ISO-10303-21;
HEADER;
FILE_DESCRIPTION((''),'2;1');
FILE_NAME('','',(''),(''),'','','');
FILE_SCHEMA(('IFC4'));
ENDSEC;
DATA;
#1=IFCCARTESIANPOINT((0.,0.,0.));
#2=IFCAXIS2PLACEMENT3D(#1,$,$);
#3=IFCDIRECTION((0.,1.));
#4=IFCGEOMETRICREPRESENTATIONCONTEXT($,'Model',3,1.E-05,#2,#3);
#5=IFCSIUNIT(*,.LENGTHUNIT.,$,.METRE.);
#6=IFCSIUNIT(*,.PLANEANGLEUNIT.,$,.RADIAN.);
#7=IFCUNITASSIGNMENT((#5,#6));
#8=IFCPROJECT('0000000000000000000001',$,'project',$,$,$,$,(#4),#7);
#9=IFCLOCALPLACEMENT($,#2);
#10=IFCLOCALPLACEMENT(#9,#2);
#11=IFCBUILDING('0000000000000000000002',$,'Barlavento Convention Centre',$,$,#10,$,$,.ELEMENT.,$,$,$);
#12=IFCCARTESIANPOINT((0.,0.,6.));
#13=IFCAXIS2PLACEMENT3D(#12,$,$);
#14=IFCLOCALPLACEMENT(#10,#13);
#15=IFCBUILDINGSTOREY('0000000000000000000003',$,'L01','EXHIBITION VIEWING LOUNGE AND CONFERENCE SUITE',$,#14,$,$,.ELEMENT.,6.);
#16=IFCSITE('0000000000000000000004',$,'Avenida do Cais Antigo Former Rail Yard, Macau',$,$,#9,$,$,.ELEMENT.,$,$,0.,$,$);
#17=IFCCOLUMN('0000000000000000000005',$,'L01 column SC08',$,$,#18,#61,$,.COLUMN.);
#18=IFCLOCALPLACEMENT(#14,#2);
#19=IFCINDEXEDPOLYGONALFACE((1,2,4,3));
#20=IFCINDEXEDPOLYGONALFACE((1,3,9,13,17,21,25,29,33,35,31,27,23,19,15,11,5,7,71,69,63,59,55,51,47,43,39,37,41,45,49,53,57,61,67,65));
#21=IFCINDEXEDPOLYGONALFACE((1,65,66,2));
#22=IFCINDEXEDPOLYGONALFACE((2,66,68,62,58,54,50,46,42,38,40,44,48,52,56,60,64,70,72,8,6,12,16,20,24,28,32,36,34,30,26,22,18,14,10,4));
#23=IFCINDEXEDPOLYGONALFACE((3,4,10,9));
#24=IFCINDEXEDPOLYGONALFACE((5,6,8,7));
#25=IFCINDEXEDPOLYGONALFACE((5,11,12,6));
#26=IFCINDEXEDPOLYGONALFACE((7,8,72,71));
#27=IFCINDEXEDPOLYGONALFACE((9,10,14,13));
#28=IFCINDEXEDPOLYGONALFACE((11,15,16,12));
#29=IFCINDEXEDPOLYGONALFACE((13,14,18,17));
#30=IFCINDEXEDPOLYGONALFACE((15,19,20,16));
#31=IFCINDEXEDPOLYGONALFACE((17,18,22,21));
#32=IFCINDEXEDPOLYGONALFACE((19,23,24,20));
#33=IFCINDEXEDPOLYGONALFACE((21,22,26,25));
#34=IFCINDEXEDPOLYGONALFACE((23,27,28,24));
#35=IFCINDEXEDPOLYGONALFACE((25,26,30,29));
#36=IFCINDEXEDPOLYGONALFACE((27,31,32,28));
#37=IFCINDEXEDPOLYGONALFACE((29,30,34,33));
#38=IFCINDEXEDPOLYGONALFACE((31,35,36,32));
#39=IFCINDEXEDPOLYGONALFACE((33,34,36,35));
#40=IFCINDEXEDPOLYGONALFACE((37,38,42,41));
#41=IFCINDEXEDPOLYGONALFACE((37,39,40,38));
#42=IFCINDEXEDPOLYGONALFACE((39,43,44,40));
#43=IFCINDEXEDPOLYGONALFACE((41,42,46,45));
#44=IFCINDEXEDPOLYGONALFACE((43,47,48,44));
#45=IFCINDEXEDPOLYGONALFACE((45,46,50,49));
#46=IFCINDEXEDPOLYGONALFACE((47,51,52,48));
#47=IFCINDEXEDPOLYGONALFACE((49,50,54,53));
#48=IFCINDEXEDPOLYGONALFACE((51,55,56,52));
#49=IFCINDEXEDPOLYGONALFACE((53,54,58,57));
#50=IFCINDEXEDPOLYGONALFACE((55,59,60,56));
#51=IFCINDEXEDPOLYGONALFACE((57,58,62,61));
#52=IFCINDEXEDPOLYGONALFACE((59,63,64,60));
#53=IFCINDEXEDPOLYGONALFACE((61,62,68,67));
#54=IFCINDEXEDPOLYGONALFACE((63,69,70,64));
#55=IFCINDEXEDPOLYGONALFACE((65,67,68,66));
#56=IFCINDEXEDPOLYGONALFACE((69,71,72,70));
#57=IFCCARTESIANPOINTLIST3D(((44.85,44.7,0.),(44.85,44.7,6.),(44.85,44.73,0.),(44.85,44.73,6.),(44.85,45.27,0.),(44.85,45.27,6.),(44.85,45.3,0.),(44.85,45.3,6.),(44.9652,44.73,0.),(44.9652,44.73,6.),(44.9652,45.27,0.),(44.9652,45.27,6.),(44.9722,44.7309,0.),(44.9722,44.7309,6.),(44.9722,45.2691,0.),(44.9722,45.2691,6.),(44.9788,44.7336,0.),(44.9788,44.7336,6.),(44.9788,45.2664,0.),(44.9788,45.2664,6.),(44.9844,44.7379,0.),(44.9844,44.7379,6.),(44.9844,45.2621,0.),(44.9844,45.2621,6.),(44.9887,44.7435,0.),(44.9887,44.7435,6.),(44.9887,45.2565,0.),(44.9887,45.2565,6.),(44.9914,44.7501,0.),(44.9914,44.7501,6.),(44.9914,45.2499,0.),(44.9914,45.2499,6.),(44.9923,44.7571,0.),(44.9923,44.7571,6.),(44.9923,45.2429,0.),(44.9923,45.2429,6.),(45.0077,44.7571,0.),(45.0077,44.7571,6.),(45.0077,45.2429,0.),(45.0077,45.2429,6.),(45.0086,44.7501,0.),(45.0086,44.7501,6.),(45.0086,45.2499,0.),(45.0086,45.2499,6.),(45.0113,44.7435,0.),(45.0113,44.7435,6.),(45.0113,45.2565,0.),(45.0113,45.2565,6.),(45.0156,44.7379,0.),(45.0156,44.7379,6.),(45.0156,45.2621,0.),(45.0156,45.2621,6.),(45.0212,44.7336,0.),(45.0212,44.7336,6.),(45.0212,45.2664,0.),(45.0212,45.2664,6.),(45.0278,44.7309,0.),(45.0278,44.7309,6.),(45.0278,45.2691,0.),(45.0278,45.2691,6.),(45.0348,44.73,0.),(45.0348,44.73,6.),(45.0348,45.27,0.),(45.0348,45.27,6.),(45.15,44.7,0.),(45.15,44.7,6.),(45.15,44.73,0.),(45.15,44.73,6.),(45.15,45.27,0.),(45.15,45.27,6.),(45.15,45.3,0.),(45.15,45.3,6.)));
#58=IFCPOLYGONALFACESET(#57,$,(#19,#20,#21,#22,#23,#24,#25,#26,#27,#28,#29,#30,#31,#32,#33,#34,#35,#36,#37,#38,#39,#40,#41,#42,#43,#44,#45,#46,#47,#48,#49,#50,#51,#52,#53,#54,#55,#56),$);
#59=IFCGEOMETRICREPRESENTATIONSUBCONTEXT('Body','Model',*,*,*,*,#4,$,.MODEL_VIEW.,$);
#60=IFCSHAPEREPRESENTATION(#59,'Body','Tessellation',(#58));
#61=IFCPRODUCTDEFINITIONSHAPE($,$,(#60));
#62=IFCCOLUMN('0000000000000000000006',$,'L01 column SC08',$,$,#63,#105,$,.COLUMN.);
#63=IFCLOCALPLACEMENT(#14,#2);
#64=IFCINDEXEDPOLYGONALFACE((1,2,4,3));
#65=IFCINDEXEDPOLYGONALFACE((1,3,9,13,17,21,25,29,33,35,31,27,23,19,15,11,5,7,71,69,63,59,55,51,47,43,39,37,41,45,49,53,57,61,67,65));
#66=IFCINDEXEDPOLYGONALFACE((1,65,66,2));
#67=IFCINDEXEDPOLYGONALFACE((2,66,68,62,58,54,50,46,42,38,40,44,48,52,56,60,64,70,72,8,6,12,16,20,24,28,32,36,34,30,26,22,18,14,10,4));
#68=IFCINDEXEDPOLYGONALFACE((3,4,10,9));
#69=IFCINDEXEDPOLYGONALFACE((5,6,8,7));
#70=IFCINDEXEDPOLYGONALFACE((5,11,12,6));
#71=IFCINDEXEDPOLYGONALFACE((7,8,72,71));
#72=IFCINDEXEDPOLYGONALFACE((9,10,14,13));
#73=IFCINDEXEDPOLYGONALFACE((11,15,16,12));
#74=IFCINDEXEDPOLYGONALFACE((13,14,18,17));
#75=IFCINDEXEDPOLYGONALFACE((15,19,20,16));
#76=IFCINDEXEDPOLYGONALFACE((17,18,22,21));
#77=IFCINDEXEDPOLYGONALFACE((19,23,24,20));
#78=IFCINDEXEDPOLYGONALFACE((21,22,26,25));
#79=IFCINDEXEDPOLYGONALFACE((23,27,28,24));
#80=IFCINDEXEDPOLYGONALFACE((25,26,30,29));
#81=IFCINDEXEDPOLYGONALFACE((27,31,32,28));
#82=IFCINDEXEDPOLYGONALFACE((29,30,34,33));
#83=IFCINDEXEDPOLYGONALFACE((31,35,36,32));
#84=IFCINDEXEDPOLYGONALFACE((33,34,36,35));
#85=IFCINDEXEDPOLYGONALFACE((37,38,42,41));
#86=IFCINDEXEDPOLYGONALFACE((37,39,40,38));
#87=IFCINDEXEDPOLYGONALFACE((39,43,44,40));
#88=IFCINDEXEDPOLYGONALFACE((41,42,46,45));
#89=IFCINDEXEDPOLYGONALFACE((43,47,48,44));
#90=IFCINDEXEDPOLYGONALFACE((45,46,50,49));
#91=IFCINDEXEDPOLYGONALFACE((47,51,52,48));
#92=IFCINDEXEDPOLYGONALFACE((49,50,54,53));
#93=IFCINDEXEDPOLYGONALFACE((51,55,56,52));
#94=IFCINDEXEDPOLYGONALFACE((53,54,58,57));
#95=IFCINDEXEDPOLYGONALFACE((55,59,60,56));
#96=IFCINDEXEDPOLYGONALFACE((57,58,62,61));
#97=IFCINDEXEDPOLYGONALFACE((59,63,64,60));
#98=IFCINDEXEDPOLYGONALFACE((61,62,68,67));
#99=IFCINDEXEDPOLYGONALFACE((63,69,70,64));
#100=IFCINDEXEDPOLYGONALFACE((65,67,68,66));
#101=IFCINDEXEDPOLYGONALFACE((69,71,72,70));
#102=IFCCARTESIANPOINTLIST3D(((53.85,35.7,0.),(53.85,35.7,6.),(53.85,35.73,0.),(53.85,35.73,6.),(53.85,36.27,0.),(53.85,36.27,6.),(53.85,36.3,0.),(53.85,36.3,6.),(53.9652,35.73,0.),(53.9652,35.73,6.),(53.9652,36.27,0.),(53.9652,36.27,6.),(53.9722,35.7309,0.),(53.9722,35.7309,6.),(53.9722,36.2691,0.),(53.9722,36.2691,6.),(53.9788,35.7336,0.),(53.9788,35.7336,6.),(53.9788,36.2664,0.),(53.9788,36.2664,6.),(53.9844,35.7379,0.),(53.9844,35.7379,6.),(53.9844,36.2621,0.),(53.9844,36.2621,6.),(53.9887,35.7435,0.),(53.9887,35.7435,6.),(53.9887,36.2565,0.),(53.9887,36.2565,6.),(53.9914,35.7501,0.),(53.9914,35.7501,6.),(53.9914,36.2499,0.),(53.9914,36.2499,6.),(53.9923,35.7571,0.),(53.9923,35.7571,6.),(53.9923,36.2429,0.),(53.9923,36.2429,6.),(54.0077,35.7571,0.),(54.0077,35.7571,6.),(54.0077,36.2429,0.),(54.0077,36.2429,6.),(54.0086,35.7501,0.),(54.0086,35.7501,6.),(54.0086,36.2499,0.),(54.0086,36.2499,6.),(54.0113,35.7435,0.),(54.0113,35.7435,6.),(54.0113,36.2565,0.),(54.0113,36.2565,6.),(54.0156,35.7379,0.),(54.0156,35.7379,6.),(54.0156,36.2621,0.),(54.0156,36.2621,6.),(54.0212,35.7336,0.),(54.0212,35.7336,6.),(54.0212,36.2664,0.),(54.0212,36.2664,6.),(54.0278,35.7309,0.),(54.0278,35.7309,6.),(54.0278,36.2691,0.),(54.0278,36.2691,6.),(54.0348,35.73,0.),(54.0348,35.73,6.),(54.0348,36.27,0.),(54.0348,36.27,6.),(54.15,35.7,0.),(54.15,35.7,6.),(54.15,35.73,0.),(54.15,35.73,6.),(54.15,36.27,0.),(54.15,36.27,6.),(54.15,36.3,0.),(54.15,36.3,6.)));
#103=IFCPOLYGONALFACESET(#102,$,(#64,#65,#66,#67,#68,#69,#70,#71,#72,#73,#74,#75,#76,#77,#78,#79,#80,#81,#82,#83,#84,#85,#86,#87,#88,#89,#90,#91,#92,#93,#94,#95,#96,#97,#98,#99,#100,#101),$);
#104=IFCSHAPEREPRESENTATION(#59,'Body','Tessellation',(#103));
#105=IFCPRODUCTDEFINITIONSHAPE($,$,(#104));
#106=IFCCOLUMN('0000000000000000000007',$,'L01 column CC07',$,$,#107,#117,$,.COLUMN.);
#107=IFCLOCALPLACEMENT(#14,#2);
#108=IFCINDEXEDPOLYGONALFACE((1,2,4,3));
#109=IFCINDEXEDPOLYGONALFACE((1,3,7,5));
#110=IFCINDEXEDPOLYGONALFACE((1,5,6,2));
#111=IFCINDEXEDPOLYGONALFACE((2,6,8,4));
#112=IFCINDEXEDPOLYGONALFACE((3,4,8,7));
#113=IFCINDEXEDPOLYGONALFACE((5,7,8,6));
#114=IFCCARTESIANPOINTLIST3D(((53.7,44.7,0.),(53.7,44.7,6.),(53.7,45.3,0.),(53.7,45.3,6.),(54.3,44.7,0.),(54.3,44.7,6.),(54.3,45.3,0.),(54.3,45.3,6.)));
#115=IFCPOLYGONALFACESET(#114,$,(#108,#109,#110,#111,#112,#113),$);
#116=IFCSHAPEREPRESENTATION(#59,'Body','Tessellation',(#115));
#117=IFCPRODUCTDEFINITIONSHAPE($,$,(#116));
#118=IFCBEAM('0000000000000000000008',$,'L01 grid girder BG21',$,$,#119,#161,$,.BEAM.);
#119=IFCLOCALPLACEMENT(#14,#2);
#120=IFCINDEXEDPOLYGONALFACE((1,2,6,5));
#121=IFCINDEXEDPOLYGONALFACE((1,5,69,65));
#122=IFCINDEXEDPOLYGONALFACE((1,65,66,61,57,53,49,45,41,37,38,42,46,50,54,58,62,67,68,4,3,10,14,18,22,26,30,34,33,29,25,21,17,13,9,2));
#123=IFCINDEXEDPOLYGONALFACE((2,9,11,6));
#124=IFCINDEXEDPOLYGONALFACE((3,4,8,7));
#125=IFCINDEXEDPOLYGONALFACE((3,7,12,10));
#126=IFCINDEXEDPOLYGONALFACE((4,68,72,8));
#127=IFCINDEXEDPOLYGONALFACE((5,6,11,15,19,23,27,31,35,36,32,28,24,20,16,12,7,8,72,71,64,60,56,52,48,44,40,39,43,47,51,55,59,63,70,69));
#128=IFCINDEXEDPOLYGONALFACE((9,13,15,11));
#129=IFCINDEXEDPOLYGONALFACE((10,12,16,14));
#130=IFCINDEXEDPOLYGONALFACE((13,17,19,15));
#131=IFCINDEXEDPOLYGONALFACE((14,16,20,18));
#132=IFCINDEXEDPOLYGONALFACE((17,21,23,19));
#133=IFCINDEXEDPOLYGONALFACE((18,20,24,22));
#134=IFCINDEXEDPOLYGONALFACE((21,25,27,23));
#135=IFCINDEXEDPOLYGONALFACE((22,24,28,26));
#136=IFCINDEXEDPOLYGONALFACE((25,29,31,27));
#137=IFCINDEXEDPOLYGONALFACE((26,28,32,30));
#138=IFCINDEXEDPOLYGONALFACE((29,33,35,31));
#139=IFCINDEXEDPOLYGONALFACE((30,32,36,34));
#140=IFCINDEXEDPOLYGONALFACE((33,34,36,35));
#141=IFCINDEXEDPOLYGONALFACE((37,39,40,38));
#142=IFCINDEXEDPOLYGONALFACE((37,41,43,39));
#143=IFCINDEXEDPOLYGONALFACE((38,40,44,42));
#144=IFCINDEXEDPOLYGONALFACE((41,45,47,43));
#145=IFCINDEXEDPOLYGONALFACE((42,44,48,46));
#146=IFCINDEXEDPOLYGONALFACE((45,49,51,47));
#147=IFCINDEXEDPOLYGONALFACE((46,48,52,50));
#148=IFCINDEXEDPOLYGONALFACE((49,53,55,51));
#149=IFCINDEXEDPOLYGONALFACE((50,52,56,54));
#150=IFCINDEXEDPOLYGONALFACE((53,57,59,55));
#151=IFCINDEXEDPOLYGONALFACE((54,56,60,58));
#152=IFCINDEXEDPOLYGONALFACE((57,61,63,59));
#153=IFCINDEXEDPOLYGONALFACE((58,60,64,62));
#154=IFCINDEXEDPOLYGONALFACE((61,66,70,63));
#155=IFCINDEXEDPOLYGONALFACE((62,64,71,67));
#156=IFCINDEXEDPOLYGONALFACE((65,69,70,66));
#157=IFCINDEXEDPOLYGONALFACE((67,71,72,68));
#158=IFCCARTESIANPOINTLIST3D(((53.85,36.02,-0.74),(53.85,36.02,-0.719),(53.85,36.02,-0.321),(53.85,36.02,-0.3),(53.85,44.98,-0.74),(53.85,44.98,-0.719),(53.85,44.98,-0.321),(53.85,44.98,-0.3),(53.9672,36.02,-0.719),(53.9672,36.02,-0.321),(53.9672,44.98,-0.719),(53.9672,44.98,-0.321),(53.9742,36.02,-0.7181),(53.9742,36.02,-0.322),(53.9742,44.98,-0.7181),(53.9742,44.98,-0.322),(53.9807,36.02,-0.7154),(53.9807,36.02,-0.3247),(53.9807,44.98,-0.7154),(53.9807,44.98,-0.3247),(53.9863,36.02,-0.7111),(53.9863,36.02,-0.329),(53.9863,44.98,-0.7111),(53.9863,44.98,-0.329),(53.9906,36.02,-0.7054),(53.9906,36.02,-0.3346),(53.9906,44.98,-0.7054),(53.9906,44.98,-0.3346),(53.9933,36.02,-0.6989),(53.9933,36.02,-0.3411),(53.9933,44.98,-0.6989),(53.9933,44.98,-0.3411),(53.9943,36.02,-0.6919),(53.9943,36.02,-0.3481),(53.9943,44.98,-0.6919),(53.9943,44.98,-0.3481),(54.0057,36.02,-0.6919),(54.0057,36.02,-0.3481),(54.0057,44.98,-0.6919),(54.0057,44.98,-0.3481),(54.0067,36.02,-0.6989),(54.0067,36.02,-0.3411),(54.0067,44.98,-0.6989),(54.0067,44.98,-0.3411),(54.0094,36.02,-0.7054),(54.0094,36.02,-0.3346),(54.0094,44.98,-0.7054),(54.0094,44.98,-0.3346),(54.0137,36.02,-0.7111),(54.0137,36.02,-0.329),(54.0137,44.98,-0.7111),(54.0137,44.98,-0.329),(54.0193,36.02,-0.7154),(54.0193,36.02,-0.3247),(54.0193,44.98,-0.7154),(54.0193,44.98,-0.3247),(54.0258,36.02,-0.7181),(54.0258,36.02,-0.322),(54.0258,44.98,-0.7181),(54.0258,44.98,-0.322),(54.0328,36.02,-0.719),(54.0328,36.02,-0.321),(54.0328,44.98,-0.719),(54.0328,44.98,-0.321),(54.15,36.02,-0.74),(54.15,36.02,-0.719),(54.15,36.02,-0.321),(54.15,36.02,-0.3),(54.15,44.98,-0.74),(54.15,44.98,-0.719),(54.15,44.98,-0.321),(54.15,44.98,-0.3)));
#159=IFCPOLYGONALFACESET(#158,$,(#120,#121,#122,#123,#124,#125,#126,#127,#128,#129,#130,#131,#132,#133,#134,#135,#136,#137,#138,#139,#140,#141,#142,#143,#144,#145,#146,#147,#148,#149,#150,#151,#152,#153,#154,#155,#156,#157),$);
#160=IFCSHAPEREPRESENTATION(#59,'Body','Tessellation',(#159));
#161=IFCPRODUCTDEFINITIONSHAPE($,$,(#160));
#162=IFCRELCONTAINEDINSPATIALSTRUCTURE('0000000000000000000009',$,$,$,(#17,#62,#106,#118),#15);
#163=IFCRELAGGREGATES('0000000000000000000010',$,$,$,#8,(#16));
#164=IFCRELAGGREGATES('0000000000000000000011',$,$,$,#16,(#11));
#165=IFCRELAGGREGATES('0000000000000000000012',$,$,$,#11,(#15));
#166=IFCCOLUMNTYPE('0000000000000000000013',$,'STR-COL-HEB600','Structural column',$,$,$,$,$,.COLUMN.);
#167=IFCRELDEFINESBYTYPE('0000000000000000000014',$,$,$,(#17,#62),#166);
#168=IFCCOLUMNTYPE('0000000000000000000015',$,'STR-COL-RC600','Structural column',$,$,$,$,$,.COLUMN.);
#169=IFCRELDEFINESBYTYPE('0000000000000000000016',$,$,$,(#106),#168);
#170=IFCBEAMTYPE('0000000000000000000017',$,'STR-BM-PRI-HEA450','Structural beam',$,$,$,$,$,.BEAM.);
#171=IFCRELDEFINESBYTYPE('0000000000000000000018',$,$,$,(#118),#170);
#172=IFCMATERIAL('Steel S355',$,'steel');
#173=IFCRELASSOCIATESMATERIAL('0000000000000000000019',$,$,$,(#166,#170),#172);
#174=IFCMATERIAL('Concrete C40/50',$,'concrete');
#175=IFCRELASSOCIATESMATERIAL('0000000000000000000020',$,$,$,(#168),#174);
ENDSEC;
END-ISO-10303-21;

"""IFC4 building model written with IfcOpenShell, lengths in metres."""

from ifc_helpers import new_model, si_unit, direction, frame, origin, origin_2d, place, context, subcontext, project, spatial, rectangle, i_section, extrude, material, material_profile, profile_set, type_object, element, save


model = new_model("IFC4")

# Units and contexts
model_context = context("Model", 3, precision=1e-05, world=origin(), true_north=direction((0.0, 1.0)))
body_context = subcontext(model_context, "Body", "Model", "MODEL_VIEW")
ifc_project = project(units=[si_unit("LENGTHUNIT", "METRE"), si_unit("PLANEANGLEUNIT", "RADIAN")], contexts=[model_context])

# Site, building, storey
site_placement = place(None, origin())
site = spatial("IfcSite", under=ifc_project, at=site_placement, Name="Avenida do Cais Antigo Former Rail Yard, Macau", CompositionType="ELEMENT", RefElevation=0.0)
building_placement = place(site_placement, origin())
building = spatial("IfcBuilding", under=site, at=building_placement, Name="Barlavento Convention Centre", CompositionType="ELEMENT")
storey_placement = place(building_placement, frame((0.0, 0.0, 6.0)))
storey = spatial("IfcBuildingStorey", under=building, at=storey_placement, Name="L01", Description="EXHIBITION VIEWING LOUNGE AND CONFERENCE SUITE", CompositionType="ELEMENT", Elevation=6.0)

# Columns
ifc_material_1 = material(Name="Steel S355", Category="steel")
ifc_material_profile_1 = material_profile(ifc_material_1, i_section(OverallWidth=0.3, OverallDepth=0.6001, WebThickness=0.0154, FlangeThickness=0.03, FilletRadius=0.0271, at=origin_2d()), Name="HEB 600")
ifc_profile_set_1 = profile_set([ifc_material_profile_1], Name="Steel S355")
column_type_1 = type_object("IfcColumnType", Name="STR-COL-HEB600", Description="Structural column", PredefinedType="COLUMN", material=ifc_profile_set_1)
for number, where, z_axis, x_axis, name in (
    (1, (45.0, 45.0, 0.0), (0.0, 0.0, 1.0), (1.0, 0.0, 0.0), "L01 column SC08"),
    (2, (54.0, 36.0, 0.0), (0.0, 0.0, 1.0), (1.0, 0.0, 0.0), "L01 column SC08"),
):
    element("IfcColumn", number, at=place(storey_placement, frame(where, z_axis=z_axis, x_axis=x_axis)), inside=storey, type_object=column_type_1, Name=name, PredefinedType="COLUMN", context=body_context, shape_type="SweptSolid", body=[
        extrude(i_section(OverallWidth=0.3, OverallDepth=0.6001, WebThickness=0.0154, FlangeThickness=0.03, FilletRadius=0.0271, at=origin_2d()), origin(), (0.0, 0.0, 1.0), 6.0),
    ])
ifc_material_2 = material(Name="Concrete C40/50", Category="concrete")
ifc_material_profile_2 = material_profile(ifc_material_2, rectangle(XDim=0.6001, YDim=0.6001, at=origin_2d()), Name="RC 600x600")
ifc_profile_set_2 = profile_set([ifc_material_profile_2], Name="Concrete C40/50")
column_type_2 = type_object("IfcColumnType", Name="STR-COL-RC600", Description="Structural column", PredefinedType="COLUMN", material=ifc_profile_set_2)
column_placement = place(storey_placement, frame((54.0, 45.0, 0.0), z_axis=(0.0, 0.0, 1.0), x_axis=(1.0, 0.0, 0.0)))
element("IfcColumn", 3, at=column_placement, inside=storey, type_object=column_type_2, Name="L01 column CC07", PredefinedType="COLUMN", context=body_context, shape_type="SweptSolid", body=[
    extrude(rectangle(XDim=0.6001, YDim=0.6001, at=origin_2d()), origin(), (0.0, 0.0, 1.0), 6.0),
])

# Beam
ifc_material_profile_3 = material_profile(ifc_material_1, i_section(OverallWidth=0.3, OverallDepth=0.4399, WebThickness=0.0115, FlangeThickness=0.021, FilletRadius=0.0271, at=origin_2d()), Name="HEA 450")
ifc_profile_set_3 = profile_set([ifc_material_profile_3], Name="Steel S355")
beam_type_1 = type_object("IfcBeamType", Name="STR-BM-PRI-HEA450", Description="Structural beam", PredefinedType="BEAM", material=ifc_profile_set_3)
beam_1_placement = place(storey_placement, frame((54.0, 36.02, -0.52), z_axis=(0.0, 1.0, 0.0), x_axis=(-1.0, 0.0, 0.0)))
element("IfcBeam", 4, at=beam_1_placement, inside=storey, type_object=beam_type_1, Name="L01 grid girder BG21", PredefinedType="BEAM", context=body_context, shape_type="SweptSolid", body=[
    extrude(i_section(OverallWidth=0.3, OverallDepth=0.4399, WebThickness=0.0115, FlangeThickness=0.021, FilletRadius=0.0271, at=origin_2d()), origin(), (0.0, 0.0, 1.0), 8.96),
])

save(model, "model.ifc")
